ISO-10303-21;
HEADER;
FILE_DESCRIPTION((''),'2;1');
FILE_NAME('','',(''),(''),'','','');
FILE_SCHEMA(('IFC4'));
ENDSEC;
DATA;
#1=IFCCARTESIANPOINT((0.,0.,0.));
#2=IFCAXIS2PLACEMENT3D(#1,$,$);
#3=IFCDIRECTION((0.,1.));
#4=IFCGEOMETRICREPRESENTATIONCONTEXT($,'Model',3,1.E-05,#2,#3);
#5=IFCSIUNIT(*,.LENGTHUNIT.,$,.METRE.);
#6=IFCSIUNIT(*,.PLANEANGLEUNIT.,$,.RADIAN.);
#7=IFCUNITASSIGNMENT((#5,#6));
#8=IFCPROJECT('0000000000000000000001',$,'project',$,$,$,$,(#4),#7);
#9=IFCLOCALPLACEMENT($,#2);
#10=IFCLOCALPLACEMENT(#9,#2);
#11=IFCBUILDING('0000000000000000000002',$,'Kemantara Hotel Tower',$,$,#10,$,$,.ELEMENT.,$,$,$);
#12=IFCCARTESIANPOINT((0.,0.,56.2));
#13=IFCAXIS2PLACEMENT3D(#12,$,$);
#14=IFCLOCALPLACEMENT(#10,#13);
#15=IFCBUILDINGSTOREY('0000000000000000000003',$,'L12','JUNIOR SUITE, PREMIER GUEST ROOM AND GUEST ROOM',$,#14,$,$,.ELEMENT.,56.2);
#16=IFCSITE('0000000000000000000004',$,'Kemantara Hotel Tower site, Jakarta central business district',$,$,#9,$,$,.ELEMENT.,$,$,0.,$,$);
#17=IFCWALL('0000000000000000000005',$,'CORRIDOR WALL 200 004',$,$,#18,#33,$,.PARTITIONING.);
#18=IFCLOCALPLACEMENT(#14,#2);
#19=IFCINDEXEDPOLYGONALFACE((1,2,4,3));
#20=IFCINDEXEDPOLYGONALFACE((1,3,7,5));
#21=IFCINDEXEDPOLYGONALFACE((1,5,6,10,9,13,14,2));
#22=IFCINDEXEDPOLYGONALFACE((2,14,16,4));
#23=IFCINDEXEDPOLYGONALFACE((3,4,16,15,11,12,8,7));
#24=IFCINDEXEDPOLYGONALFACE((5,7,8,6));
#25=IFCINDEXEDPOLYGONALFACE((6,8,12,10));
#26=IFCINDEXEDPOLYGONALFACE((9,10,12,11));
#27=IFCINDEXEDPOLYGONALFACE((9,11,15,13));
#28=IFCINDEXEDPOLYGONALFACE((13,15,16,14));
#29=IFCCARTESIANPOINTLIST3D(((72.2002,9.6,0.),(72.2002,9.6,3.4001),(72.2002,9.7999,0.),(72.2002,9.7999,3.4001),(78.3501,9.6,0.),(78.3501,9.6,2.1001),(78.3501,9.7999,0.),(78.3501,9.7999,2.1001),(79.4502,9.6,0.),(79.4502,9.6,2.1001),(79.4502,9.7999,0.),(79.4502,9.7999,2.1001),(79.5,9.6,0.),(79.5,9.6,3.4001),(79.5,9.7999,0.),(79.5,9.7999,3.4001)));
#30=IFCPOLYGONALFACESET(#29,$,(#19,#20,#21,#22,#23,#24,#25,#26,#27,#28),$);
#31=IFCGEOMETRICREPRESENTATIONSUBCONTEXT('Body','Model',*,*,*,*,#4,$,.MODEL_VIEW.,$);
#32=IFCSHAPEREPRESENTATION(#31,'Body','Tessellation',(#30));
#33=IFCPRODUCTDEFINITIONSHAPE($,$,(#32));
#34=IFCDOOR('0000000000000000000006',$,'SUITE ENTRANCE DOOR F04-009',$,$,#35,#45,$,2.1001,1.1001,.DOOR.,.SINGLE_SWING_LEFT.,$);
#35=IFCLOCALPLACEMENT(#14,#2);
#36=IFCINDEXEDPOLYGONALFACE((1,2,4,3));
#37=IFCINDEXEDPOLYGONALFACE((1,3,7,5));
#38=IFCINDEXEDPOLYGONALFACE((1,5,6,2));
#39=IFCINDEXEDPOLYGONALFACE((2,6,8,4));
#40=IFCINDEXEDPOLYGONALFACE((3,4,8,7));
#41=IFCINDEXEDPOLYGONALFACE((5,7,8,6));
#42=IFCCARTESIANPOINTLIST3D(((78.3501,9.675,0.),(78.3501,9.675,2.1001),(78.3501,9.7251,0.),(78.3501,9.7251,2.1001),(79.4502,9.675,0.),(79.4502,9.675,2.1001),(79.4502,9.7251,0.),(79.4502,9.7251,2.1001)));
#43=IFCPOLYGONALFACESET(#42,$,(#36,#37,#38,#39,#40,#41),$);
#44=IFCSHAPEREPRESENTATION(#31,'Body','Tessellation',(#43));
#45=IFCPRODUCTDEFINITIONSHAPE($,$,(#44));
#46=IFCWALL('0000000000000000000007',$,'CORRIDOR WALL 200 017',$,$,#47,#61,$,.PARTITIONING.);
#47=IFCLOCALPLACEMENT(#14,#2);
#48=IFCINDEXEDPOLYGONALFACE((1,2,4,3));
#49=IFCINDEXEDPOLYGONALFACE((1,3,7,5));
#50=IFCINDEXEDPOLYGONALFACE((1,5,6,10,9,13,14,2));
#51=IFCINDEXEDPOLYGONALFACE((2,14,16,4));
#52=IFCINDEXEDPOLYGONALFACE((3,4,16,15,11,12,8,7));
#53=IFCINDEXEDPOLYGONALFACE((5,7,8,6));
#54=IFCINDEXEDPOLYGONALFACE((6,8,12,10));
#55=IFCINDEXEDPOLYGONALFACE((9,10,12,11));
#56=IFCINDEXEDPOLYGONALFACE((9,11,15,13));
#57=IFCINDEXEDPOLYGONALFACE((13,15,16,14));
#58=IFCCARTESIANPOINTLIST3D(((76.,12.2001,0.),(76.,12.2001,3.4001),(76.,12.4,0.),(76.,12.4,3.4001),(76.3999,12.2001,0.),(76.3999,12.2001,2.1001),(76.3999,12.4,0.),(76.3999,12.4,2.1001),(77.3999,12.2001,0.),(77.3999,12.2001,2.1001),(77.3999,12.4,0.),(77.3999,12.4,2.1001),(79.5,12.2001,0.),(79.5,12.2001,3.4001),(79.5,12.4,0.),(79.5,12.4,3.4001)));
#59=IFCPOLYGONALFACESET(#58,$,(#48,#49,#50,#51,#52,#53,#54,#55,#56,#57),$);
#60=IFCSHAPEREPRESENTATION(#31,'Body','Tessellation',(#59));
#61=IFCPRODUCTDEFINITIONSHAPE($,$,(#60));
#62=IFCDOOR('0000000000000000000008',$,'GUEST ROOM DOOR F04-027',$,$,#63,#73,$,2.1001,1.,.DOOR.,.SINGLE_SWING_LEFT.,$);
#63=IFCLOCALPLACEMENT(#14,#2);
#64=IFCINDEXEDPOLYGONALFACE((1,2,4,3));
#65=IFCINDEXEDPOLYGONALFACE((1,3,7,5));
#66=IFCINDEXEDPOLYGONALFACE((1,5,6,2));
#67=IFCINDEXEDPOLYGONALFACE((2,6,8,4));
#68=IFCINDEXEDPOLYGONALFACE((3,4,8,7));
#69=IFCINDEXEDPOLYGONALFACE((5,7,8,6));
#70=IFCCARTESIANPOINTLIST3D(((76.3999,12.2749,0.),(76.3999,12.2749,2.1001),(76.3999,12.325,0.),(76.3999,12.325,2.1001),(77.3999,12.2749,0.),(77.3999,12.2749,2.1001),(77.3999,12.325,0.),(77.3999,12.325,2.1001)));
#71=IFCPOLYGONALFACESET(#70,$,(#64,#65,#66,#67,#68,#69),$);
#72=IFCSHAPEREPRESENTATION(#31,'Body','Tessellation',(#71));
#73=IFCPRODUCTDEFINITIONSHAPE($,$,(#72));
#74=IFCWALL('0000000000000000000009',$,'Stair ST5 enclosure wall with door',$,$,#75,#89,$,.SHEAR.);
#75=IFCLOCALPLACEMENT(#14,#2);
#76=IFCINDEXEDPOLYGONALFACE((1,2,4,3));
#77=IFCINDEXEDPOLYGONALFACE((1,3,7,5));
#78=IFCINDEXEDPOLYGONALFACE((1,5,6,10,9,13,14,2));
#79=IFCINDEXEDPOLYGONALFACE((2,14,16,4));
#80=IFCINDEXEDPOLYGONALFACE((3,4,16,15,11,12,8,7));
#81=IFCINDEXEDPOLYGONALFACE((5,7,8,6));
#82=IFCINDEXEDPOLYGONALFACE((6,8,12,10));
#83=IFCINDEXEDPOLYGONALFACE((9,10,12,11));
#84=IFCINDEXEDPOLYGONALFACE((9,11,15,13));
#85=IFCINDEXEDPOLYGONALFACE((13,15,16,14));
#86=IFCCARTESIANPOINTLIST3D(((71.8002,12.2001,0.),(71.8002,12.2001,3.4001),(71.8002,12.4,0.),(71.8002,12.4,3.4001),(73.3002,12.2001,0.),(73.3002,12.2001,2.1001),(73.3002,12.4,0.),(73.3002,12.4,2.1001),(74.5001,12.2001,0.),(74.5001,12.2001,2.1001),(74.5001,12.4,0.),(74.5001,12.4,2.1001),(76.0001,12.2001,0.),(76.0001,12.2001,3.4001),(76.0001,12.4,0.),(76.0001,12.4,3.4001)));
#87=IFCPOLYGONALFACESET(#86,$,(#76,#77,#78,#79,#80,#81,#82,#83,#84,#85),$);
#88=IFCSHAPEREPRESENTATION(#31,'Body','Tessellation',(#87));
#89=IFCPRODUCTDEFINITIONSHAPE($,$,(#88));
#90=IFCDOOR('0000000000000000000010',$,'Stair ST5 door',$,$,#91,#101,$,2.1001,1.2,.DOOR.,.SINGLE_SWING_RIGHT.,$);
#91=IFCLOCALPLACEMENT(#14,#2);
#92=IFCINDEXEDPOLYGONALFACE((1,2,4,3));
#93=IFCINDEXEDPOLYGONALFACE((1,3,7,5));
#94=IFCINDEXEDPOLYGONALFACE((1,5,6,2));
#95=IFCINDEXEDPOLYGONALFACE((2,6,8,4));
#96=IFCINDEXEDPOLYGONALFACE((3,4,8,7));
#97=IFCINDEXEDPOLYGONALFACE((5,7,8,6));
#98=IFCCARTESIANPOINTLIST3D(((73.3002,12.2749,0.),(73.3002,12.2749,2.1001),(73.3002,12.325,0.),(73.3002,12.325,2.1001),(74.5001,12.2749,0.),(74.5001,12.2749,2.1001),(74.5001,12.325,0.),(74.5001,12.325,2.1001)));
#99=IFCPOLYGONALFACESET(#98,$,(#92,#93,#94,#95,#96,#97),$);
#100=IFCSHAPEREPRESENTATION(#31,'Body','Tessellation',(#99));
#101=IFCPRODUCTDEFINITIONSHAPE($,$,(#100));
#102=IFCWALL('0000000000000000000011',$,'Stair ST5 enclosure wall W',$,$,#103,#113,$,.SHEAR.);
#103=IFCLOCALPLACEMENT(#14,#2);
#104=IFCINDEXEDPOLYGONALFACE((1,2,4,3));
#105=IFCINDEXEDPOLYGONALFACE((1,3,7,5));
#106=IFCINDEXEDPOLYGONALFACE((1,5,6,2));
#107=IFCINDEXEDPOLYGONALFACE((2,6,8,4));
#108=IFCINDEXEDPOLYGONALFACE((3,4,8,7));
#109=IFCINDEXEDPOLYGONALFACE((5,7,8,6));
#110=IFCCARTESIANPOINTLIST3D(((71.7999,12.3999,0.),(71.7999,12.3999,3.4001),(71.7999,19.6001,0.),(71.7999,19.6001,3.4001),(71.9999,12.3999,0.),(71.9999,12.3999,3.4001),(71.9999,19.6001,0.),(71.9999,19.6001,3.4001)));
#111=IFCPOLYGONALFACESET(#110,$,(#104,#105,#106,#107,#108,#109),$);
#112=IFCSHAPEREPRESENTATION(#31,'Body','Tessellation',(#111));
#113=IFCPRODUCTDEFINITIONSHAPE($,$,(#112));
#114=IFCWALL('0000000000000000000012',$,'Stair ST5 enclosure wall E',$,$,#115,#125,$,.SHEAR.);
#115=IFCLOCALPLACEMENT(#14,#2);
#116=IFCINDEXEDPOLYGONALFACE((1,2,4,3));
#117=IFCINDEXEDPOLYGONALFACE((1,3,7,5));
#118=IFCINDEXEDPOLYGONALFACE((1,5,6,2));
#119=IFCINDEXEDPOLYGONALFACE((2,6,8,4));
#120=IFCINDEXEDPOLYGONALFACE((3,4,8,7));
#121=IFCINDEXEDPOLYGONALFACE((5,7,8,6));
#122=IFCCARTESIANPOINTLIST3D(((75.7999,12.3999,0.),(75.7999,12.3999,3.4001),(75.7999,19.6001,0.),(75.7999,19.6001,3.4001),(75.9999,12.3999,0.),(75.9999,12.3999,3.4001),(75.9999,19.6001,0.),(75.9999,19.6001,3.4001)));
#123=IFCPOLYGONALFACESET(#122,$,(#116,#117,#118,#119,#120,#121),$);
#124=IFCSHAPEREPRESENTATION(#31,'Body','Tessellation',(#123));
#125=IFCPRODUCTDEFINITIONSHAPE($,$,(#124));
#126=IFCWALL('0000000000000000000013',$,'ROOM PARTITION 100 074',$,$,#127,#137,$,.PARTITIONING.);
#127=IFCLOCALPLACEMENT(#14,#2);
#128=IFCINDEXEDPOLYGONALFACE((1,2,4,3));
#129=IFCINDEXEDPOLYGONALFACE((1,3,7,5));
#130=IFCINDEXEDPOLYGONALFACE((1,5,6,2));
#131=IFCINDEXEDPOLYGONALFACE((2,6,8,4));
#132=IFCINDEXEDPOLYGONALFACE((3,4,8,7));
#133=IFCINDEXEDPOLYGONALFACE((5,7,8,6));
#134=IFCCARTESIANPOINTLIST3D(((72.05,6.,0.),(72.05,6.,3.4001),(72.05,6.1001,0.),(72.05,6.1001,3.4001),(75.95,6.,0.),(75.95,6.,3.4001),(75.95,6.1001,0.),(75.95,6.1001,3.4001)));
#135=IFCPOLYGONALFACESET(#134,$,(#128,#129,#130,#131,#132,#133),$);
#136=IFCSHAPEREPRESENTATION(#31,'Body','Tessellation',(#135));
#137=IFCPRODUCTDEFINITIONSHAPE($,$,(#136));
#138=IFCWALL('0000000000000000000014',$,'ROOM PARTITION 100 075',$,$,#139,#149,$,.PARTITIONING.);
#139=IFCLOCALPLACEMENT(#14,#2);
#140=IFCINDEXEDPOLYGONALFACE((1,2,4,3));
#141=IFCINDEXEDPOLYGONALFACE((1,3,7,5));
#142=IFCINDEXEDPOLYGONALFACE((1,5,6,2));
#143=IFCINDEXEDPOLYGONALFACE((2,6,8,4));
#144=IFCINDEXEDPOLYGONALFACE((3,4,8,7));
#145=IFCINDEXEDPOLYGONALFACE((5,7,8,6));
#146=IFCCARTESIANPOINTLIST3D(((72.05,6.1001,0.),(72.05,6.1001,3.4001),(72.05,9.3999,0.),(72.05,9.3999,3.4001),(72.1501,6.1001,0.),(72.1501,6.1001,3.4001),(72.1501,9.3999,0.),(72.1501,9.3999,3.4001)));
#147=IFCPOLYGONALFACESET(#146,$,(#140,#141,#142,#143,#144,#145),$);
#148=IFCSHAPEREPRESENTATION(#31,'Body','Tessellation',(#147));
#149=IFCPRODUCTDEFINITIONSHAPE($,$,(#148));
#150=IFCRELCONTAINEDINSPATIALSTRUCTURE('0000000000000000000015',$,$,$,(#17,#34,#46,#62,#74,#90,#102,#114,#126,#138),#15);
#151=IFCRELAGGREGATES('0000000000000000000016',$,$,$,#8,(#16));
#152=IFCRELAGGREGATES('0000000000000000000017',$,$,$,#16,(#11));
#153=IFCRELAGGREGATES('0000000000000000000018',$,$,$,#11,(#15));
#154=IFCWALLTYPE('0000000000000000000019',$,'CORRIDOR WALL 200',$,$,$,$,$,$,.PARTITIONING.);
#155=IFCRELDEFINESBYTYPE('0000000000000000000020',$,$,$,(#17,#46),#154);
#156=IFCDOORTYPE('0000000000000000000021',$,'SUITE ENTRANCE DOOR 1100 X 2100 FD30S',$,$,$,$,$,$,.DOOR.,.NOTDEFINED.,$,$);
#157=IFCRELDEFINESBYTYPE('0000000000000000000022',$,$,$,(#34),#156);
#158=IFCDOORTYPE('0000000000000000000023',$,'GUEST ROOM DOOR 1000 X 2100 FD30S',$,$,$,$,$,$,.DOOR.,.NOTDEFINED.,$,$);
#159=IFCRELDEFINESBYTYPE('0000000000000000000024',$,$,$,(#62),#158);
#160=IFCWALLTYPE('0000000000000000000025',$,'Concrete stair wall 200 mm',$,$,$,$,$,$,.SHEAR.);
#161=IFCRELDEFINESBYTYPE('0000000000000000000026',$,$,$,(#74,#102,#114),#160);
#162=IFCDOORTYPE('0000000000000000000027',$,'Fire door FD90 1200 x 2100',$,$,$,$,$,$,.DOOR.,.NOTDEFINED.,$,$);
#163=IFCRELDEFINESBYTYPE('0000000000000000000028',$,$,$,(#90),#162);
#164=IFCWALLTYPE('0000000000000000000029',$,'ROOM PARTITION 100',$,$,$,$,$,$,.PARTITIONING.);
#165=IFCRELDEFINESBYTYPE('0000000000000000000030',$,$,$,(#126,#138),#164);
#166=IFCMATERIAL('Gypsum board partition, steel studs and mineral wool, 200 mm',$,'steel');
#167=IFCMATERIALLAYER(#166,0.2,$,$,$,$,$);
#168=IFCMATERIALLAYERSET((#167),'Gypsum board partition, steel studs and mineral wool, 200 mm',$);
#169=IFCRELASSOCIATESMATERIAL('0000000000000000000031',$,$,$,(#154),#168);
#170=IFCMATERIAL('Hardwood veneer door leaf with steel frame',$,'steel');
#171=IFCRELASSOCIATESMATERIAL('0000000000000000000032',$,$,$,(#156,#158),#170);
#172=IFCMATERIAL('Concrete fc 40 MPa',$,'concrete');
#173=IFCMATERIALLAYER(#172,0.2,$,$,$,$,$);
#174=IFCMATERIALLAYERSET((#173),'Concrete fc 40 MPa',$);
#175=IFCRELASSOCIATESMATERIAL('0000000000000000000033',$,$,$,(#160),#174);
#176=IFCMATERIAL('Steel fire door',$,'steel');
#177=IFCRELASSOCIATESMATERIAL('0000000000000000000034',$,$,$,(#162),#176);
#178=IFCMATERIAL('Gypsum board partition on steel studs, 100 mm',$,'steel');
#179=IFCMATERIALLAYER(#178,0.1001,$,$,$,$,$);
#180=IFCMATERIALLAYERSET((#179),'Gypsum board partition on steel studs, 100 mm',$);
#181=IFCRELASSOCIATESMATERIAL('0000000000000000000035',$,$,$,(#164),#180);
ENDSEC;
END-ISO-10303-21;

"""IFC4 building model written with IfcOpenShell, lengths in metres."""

from ifc_helpers import new_model, si_unit, direction, frame, frame_2d, origin, place, context, subcontext, project, spatial, rectangle, extrude, material, layer, layer_set, type_object, element, fill, save


model = new_model("IFC4")

# Units and contexts
model_context = context("Model", 3, precision=1e-05, world=origin(), true_north=direction((0.0, 1.0)))
body_context = subcontext(model_context, "Body", "Model", "MODEL_VIEW")
ifc_project = project(units=[si_unit("LENGTHUNIT", "METRE"), si_unit("PLANEANGLEUNIT", "RADIAN")], contexts=[model_context])

# Site, building, storey
site_placement = place(None, origin())
site = spatial("IfcSite", under=ifc_project, at=site_placement, Name="Kemantara Hotel Tower site, Jakarta central business district", CompositionType="ELEMENT", RefElevation=0.0)
building_placement = place(site_placement, origin())
building = spatial("IfcBuilding", under=site, at=building_placement, Name="Kemantara Hotel Tower", CompositionType="ELEMENT")
storey_placement = place(building_placement, frame((0.0, 0.0, 56.2)))
storey = spatial("IfcBuildingStorey", under=building, at=storey_placement, Name="L12", Description="JUNIOR SUITE, PREMIER GUEST ROOM AND GUEST ROOM", CompositionType="ELEMENT", Elevation=56.2)

# Walls, openings, doors
ifc_material_1 = material(Name="Gypsum board partition, steel studs and mineral wool, 200 mm", Category="steel")
ifc_layer_1 = layer(ifc_material_1, 0.2)
ifc_layer_set_1 = layer_set([ifc_layer_1], Name="Gypsum board partition, steel studs and mineral wool, 200 mm")
wall_type_1 = type_object("IfcWallType", Name="CORRIDOR WALL 200", PredefinedType="PARTITIONING", material=ifc_layer_set_1)
wall_1_placement = place(storey_placement, frame((79.5, 9.7, 0.0), z_axis=(0.0, 0.0, 1.0), x_axis=(-1.0, 0.0, 0.0)))
wall_1 = element("IfcWall", 1, at=wall_1_placement, inside=storey, type_object=wall_type_1, Name="CORRIDOR WALL 200 004", PredefinedType="PARTITIONING", context=body_context, shape_type="SweptSolid", body=[
    extrude(rectangle(XDim=7.2998, YDim=0.2, at=frame_2d((3.6499, 0.0))), origin(), (0.0, 0.0, 1.0), 3.4001),
])
opening_1_placement = place(wall_1_placement, frame((0.0498, 0.0, 0.0)))
opening_1 = element("IfcOpeningElement", 2, at=opening_1_placement, cuts=wall_1, PredefinedType="OPENING", context=body_context, shape_type="SweptSolid", body=[
    extrude(rectangle(XDim=1.1001, YDim=2.1001, at=frame_2d((0.55, 1.05))), frame((0.0, 0.1099, 0.0), z_axis=(0.0, -1.0, 0.0), x_axis=(1.0, 0.0, 0.0)), (0.0, 0.0, 1.0), 0.22),
])
ifc_material_2 = material(Name="Hardwood veneer door leaf with steel frame", Category="steel")
door_type_1 = type_object("IfcDoorType", Name="SUITE ENTRANCE DOOR 1100 X 2100 FD30S", OperationType="NOTDEFINED", PredefinedType="DOOR", material=ifc_material_2)
door_1_placement = place(opening_1_placement, origin())
door_1 = element("IfcDoor", 3, at=door_1_placement, inside=storey, type_object=door_type_1, Name="SUITE ENTRANCE DOOR F04-009", OperationType="SINGLE_SWING_LEFT", OverallHeight=2.1001, OverallWidth=1.1001, PredefinedType="DOOR", context=body_context, shape_type="SweptSolid", body=[
    extrude(rectangle(XDim=1.1001, YDim=2.1001, at=frame_2d((0.55, 1.05))), frame((0.0, 0.0249, 0.0), z_axis=(0.0, -1.0, 0.0), x_axis=(1.0, 0.0, 0.0)), (0.0, 0.0, 1.0), 0.05),
])
fill(opening_1, door_1)
wall_2_placement = place(storey_placement, frame((76.0, 12.3, 0.0), z_axis=(0.0, 0.0, 1.0), x_axis=(1.0, 0.0, 0.0)))
wall_2 = element("IfcWall", 4, at=wall_2_placement, inside=storey, type_object=wall_type_1, Name="CORRIDOR WALL 200 017", PredefinedType="PARTITIONING", context=body_context, shape_type="SweptSolid", body=[
    extrude(rectangle(XDim=3.5, YDim=0.2, at=frame_2d((1.75, 0.0))), origin(), (0.0, 0.0, 1.0), 3.4001),
])
opening_2_placement = place(wall_2_placement, frame((0.3999, 0.0, 0.0)))
opening_2 = element("IfcOpeningElement", 5, at=opening_2_placement, cuts=wall_2, PredefinedType="OPENING", context=body_context, shape_type="SweptSolid", body=[
    extrude(rectangle(XDim=1.0, YDim=2.1001, at=frame_2d((0.5, 1.05))), frame((0.0, 0.1099, 0.0), z_axis=(0.0, -1.0, 0.0), x_axis=(1.0, 0.0, 0.0)), (0.0, 0.0, 1.0), 0.22),
])
door_type_2 = type_object("IfcDoorType", Name="GUEST ROOM DOOR 1000 X 2100 FD30S", OperationType="NOTDEFINED", PredefinedType="DOOR", material=ifc_material_2)
door_2_placement = place(opening_2_placement, origin())
door_2 = element("IfcDoor", 6, at=door_2_placement, inside=storey, type_object=door_type_2, Name="GUEST ROOM DOOR F04-027", OperationType="SINGLE_SWING_LEFT", OverallHeight=2.1001, OverallWidth=1.0, PredefinedType="DOOR", context=body_context, shape_type="SweptSolid", body=[
    extrude(rectangle(XDim=1.0, YDim=2.1001, at=frame_2d((0.5, 1.05))), frame((0.0, 0.0249, 0.0), z_axis=(0.0, -1.0, 0.0), x_axis=(1.0, 0.0, 0.0)), (0.0, 0.0, 1.0), 0.05),
])
fill(opening_2, door_2)
ifc_material_3 = material(Name="Concrete fc 40 MPa", Category="concrete")
ifc_layer_2 = layer(ifc_material_3, 0.2)
ifc_layer_set_2 = layer_set([ifc_layer_2], Name="Concrete fc 40 MPa")
wall_type_2 = type_object("IfcWallType", Name="Concrete stair wall 200 mm", PredefinedType="SHEAR", material=ifc_layer_set_2)
wall_3_placement = place(storey_placement, frame((71.8, 12.3, 0.0), z_axis=(0.0, 0.0, 1.0), x_axis=(1.0, 0.0, 0.0)))
wall_3 = element("IfcWall", 7, at=wall_3_placement, inside=storey, type_object=wall_type_2, Name="Stair ST5 enclosure wall with door", PredefinedType="SHEAR", context=body_context, shape_type="SweptSolid", body=[
    extrude(rectangle(XDim=4.2, YDim=0.2, at=frame_2d((2.1001, 0.0))), origin(), (0.0, 0.0, 1.0), 3.4001),
])
opening_3_placement = place(wall_3_placement, frame((1.5, 0.0, 0.0)))
opening_3 = element("IfcOpeningElement", 8, at=opening_3_placement, cuts=wall_3, PredefinedType="OPENING", context=body_context, shape_type="SweptSolid", body=[
    extrude(rectangle(XDim=1.2, YDim=2.1001, at=frame_2d((0.6001, 1.05))), frame((0.0, 0.1099, 0.0), z_axis=(0.0, -1.0, 0.0), x_axis=(1.0, 0.0, 0.0)), (0.0, 0.0, 1.0), 0.22),
])
ifc_material_4 = material(Name="Steel fire door", Category="steel")
door_type_3 = type_object("IfcDoorType", Name="Fire door FD90 1200 x 2100", OperationType="NOTDEFINED", PredefinedType="DOOR", material=ifc_material_4)
door_3_placement = place(opening_3_placement, origin())
door_3 = element("IfcDoor", 9, at=door_3_placement, inside=storey, type_object=door_type_3, Name="Stair ST5 door", OperationType="SINGLE_SWING_RIGHT", OverallHeight=2.1001, OverallWidth=1.2, PredefinedType="DOOR", context=body_context, shape_type="SweptSolid", body=[
    extrude(rectangle(XDim=1.2, YDim=2.1001, at=frame_2d((0.6001, 1.05))), frame((0.0, 0.0249, 0.0), z_axis=(0.0, -1.0, 0.0), x_axis=(1.0, 0.0, 0.0)), (0.0, 0.0, 1.0), 0.05),
])
fill(opening_3, door_3)

# Walls
for number, where, z_axis, x_axis, name in (
    (10, (71.8999, 12.3999, 0.0), (0.0, 0.0, 1.0), (0.0, 1.0, 0.0), "Stair ST5 enclosure wall W"),
    (11, (75.8999, 12.3999, 0.0), (0.0, 0.0, 1.0), (0.0, 1.0, 0.0), "Stair ST5 enclosure wall E"),
):
    element("IfcWall", number, at=place(storey_placement, frame(where, z_axis=z_axis, x_axis=x_axis)), inside=storey, type_object=wall_type_2, Name=name, PredefinedType="SHEAR", context=body_context, shape_type="SweptSolid", body=[
        extrude(rectangle(XDim=7.2002, YDim=0.2, at=frame_2d((3.6001, 0.0))), origin(), (0.0, 0.0, 1.0), 3.4001),
    ])
ifc_material_5 = material(Name="Gypsum board partition on steel studs, 100 mm", Category="steel")
ifc_layer_3 = layer(ifc_material_5, 0.1001)
ifc_layer_set_3 = layer_set([ifc_layer_3], Name="Gypsum board partition on steel studs, 100 mm")
wall_type_3 = type_object("IfcWallType", Name="ROOM PARTITION 100", PredefinedType="PARTITIONING", material=ifc_layer_set_3)
wall_4_placement = place(storey_placement, frame((72.05, 6.05, 0.0), z_axis=(0.0, 0.0, 1.0), x_axis=(1.0, 0.0, 0.0)))
element("IfcWall", 12, at=wall_4_placement, inside=storey, type_object=wall_type_3, Name="ROOM PARTITION 100 074", PredefinedType="PARTITIONING", context=body_context, shape_type="SweptSolid", body=[
    extrude(rectangle(XDim=3.8999, YDim=0.1001, at=frame_2d((1.95, 0.0))), origin(), (0.0, 0.0, 1.0), 3.4001),
])
wall_5_placement = place(storey_placement, frame((72.1001, 6.1001, 0.0), z_axis=(0.0, 0.0, 1.0), x_axis=(0.0, 1.0, 0.0)))
element("IfcWall", 13, at=wall_5_placement, inside=storey, type_object=wall_type_3, Name="ROOM PARTITION 100 075", PredefinedType="PARTITIONING", context=body_context, shape_type="SweptSolid", body=[
    extrude(rectangle(XDim=3.2998, YDim=0.1001, at=frame_2d((1.6499, 0.0))), origin(), (0.0, 0.0, 1.0), 3.4001),
])

save(model, "model.ifc")
